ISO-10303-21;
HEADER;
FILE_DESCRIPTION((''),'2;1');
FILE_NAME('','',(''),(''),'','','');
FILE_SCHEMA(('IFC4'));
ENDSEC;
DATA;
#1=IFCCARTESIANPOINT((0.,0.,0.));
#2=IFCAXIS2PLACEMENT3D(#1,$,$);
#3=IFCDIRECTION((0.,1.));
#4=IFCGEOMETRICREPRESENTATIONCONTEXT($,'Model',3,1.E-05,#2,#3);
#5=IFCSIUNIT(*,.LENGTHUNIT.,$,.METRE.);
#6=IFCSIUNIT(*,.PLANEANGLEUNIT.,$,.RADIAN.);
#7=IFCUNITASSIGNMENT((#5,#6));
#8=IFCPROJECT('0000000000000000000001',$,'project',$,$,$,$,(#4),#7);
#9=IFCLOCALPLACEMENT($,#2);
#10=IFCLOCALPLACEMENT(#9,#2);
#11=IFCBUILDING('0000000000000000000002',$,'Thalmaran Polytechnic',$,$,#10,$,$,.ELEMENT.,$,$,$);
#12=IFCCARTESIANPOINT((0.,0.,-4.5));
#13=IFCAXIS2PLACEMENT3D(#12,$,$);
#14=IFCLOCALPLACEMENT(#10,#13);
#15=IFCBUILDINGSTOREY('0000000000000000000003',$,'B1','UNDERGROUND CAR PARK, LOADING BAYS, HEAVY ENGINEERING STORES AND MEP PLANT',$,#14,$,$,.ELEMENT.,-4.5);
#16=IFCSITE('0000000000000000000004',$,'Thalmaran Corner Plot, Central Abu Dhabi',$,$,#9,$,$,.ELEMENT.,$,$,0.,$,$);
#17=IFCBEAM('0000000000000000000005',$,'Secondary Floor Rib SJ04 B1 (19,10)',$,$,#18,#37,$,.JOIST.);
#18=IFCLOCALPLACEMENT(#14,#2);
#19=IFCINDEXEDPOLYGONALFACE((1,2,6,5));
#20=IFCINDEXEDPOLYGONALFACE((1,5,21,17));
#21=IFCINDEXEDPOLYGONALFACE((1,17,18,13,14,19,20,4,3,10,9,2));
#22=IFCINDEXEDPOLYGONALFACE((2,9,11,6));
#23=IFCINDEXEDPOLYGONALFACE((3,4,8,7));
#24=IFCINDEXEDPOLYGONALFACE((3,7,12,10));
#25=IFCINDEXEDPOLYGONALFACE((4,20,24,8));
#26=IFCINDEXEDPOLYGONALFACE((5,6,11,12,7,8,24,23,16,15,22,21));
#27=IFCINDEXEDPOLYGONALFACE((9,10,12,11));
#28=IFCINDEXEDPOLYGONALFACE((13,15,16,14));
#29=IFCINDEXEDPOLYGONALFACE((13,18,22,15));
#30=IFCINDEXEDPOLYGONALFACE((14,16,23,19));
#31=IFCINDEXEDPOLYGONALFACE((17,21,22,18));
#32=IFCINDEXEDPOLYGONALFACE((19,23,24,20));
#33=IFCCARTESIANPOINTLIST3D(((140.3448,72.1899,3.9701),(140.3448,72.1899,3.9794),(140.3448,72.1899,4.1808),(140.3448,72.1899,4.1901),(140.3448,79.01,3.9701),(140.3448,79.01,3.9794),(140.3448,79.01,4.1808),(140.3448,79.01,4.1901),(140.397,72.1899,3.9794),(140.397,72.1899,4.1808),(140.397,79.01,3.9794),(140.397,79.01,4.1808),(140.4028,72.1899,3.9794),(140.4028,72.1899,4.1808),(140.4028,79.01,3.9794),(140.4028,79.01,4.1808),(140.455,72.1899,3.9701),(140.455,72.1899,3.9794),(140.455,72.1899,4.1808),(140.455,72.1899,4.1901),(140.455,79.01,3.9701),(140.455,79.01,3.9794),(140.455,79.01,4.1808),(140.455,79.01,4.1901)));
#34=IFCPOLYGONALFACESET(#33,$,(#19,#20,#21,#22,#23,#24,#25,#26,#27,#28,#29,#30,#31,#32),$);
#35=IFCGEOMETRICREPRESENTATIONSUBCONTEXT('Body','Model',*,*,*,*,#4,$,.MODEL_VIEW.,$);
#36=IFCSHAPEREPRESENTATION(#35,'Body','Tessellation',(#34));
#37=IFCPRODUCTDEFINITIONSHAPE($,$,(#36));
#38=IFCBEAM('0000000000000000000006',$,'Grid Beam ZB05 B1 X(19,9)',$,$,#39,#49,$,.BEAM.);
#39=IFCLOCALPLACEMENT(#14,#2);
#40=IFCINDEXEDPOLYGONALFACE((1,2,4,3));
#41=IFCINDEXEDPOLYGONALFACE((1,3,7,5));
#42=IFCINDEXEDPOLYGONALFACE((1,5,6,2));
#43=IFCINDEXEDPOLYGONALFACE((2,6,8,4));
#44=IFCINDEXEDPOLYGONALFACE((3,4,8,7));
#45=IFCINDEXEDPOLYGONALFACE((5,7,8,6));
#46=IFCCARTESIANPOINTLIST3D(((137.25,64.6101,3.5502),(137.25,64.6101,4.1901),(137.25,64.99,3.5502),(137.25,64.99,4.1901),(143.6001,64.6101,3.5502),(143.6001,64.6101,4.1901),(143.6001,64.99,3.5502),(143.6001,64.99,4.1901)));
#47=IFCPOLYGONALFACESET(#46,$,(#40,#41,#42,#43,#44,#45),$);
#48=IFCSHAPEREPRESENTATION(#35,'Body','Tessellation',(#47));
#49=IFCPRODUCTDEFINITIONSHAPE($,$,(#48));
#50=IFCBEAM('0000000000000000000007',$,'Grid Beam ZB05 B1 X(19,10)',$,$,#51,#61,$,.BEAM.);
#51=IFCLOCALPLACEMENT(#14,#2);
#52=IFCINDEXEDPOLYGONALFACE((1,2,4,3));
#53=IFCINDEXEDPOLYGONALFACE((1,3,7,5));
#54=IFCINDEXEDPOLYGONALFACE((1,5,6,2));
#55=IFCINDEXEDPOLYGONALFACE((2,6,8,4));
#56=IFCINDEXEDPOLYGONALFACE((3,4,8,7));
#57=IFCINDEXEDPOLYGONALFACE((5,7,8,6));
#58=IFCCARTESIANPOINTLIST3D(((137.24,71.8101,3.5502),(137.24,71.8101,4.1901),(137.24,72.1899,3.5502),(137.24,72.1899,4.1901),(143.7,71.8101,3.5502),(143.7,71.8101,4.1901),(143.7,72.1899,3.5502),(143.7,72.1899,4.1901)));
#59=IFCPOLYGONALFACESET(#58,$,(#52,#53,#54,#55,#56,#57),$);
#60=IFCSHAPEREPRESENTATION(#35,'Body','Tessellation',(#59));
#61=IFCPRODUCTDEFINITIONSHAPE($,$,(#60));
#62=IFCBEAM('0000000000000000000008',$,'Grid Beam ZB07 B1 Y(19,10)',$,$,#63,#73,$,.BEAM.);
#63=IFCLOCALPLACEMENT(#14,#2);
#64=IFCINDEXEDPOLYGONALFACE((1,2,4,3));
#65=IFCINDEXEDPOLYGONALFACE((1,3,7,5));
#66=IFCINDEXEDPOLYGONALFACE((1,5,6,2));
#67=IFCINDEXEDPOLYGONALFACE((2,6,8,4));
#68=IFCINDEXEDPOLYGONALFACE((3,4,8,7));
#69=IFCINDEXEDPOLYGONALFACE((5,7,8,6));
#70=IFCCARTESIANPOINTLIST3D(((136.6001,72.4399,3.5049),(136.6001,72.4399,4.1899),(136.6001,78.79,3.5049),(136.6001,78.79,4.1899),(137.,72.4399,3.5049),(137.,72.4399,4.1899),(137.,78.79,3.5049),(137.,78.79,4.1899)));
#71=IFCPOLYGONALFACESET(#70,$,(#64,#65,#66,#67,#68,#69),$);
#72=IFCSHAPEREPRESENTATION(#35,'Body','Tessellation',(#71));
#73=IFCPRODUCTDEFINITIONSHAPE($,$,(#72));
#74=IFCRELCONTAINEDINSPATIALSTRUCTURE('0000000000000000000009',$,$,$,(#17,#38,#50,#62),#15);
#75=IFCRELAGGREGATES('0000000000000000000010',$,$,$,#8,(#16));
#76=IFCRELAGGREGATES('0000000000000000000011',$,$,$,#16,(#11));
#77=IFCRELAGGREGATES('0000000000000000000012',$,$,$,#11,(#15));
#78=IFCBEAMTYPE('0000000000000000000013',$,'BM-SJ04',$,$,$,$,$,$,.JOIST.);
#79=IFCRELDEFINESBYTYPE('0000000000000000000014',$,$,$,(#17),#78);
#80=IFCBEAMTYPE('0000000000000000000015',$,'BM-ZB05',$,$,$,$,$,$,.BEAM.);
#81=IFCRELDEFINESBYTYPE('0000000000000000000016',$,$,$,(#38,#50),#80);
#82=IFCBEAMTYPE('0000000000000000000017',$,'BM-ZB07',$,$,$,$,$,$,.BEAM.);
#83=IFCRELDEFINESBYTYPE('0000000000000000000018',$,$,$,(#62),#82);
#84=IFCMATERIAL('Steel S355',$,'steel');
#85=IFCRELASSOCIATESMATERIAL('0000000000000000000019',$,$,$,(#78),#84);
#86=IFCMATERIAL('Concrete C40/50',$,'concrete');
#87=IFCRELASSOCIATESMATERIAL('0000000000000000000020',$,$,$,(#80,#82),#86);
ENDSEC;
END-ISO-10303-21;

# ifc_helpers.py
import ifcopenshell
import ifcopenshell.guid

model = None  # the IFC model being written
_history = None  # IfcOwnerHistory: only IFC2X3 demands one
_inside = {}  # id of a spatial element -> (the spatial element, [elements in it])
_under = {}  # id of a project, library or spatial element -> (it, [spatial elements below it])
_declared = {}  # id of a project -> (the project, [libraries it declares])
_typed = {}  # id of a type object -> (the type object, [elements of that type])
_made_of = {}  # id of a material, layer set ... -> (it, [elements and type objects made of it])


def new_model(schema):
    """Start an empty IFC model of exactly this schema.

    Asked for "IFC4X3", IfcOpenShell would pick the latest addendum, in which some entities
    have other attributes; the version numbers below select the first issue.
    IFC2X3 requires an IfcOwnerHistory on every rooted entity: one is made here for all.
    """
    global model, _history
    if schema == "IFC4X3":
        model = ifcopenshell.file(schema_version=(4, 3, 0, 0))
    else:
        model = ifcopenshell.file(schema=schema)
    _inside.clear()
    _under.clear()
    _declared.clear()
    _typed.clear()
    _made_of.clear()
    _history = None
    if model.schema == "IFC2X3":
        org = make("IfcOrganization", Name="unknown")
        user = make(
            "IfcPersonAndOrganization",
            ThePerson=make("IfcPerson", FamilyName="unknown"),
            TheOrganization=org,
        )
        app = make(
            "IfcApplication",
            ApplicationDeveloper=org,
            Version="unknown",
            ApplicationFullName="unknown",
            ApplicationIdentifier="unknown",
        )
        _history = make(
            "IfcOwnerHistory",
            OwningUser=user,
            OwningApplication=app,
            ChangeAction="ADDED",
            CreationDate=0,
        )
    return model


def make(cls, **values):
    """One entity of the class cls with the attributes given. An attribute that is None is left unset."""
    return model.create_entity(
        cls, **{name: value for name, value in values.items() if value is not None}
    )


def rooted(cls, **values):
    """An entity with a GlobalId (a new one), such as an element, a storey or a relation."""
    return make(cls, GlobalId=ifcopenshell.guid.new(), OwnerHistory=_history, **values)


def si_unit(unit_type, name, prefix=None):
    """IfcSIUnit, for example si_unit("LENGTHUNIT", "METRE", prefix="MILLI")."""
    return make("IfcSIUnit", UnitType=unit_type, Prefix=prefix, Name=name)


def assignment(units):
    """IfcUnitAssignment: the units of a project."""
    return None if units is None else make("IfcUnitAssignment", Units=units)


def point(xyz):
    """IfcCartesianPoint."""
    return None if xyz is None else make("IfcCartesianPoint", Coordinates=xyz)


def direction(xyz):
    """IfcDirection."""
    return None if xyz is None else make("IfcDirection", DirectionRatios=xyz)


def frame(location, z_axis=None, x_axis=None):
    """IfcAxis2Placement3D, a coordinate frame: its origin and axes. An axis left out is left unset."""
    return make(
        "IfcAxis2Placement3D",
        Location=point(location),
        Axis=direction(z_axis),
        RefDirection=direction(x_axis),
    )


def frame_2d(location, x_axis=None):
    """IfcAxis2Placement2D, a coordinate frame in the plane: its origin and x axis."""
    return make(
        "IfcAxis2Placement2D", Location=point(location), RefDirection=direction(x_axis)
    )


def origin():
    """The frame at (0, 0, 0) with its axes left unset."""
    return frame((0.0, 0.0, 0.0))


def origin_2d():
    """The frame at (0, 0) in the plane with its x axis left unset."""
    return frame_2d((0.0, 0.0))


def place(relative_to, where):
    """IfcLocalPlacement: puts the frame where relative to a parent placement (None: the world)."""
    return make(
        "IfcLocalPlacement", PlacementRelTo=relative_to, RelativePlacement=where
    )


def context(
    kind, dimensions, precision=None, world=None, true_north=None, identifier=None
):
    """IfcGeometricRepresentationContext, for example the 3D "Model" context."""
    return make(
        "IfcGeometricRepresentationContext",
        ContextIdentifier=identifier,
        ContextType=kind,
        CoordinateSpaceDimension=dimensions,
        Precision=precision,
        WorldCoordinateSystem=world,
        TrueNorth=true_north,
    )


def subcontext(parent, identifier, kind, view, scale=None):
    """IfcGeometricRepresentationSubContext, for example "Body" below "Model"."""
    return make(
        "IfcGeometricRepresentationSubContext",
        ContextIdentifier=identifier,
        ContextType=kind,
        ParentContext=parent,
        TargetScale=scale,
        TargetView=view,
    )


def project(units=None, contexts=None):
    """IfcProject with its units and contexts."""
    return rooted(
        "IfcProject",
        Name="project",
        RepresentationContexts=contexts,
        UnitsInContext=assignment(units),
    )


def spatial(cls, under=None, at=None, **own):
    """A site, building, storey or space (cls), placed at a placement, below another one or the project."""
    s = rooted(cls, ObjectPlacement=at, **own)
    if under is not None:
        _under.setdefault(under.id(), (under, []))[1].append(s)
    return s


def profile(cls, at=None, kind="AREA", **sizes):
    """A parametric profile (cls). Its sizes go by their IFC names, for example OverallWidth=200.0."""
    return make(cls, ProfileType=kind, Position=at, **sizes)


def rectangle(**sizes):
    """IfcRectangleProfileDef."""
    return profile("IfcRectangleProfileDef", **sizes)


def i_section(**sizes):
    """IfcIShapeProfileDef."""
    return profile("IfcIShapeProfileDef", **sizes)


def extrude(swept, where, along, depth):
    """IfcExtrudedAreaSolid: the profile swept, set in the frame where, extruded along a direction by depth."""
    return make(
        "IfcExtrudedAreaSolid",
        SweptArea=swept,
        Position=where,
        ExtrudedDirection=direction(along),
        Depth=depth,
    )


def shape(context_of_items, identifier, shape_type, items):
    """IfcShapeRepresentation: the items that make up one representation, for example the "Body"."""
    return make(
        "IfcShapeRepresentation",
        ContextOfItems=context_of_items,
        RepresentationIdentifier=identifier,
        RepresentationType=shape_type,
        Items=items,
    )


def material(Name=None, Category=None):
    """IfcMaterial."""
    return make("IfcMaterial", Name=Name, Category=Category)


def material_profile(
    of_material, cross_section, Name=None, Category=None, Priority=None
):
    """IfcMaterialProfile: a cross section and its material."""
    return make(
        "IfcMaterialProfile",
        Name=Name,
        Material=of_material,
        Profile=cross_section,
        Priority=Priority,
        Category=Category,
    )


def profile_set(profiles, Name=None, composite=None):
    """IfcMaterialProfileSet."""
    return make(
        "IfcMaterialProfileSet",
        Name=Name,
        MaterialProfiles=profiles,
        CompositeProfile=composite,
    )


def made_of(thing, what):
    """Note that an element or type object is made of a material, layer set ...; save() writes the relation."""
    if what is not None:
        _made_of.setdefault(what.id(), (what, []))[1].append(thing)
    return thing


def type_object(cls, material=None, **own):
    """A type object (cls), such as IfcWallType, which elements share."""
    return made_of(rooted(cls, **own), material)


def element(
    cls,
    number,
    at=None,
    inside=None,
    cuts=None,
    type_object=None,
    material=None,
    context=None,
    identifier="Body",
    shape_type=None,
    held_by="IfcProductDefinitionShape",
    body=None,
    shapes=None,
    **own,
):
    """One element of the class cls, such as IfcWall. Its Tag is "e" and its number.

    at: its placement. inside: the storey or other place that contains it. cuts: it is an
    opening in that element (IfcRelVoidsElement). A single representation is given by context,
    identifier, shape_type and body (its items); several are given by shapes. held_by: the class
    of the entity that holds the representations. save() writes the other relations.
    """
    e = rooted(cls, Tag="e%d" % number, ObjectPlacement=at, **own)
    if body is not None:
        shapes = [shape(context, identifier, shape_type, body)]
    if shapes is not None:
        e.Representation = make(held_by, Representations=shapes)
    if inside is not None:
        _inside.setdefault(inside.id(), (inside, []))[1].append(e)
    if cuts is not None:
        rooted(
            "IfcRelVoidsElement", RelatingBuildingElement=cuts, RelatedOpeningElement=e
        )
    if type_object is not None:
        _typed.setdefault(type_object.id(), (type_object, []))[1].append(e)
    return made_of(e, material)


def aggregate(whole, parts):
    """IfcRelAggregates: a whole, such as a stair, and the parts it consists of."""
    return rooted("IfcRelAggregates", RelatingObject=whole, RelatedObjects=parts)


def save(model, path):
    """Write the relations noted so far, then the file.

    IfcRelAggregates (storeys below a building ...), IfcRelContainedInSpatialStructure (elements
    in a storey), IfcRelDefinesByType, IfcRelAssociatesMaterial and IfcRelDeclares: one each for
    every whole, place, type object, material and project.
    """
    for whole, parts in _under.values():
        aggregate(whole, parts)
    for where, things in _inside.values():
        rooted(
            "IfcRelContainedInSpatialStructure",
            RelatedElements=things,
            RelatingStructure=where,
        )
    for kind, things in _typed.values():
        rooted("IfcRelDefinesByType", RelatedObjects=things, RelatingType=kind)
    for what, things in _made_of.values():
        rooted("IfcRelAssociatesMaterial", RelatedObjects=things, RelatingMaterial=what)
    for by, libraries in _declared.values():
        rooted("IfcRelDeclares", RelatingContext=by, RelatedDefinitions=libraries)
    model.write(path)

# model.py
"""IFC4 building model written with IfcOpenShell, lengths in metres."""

from ifc_helpers import new_model, si_unit, direction, frame, origin, origin_2d, place, context, subcontext, project, spatial, rectangle, i_section, extrude, material, material_profile, profile_set, type_object, element, save


model = new_model("IFC4")

# Units and contexts
model_context = context("Model", 3, precision=1e-05, world=origin(), true_north=direction((0.0, 1.0)))
body_context = subcontext(model_context, "Body", "Model", "MODEL_VIEW")
ifc_project = project(units=[si_unit("LENGTHUNIT", "METRE"), si_unit("PLANEANGLEUNIT", "RADIAN")], contexts=[model_context])

# Site, building, storey
site_placement = place(None, origin())
site = spatial("IfcSite", under=ifc_project, at=site_placement, Name="Thalmaran Corner Plot, Central Abu Dhabi", CompositionType="ELEMENT", RefElevation=0.0)
building_placement = place(site_placement, origin())
building = spatial("IfcBuilding", under=site, at=building_placement, Name="Thalmaran Polytechnic", CompositionType="ELEMENT")
storey_placement = place(building_placement, frame((0.0, 0.0, -4.5)))
storey = spatial("IfcBuildingStorey", under=building, at=storey_placement, Name="B1", Description="UNDERGROUND CAR PARK, LOADING BAYS, HEAVY ENGINEERING STORES AND MEP PLANT", CompositionType="ELEMENT", Elevation=-4.5)

# Shared definitions
ifc_material_1 = material(Name="Concrete C40/50", Category="concrete")

# Beams
ifc_material_2 = material(Name="Steel S355", Category="steel")
ifc_material_profile_1 = material_profile(ifc_material_2, i_section(OverallWidth=0.1101, OverallDepth=0.22, WebThickness=0.0059, FlangeThickness=0.0093, at=origin_2d()), Name="IPE 220")
ifc_profile_set_1 = profile_set([ifc_material_profile_1], Name="Steel S355")
beam_type_1 = type_object("IfcBeamType", Name="BM-SJ04", PredefinedType="JOIST", material=ifc_profile_set_1)
beam_1_placement = place(storey_placement, frame((140.3999, 72.1899, 4.0801), z_axis=(0.0, 1.0, 0.0), x_axis=(-1.0, 0.0, 0.0)))
element("IfcBeam", 1, at=beam_1_placement, inside=storey, type_object=beam_type_1, Name="Secondary Floor Rib SJ04 B1 (19,10)", PredefinedType="JOIST", context=body_context, shape_type="SweptSolid", body=[
    extrude(i_section(OverallWidth=0.1101, OverallDepth=0.22, WebThickness=0.0059, FlangeThickness=0.0093, at=origin_2d()), origin(), (0.0, 0.0, 1.0), 6.8201),
])
ifc_material_profile_2 = material_profile(ifc_material_1, rectangle(XDim=0.3799, YDim=0.6399, at=origin_2d()), Name="RC 380x640")
ifc_profile_set_2 = profile_set([ifc_material_profile_2], Name="Concrete C40/50")
beam_type_2 = type_object("IfcBeamType", Name="BM-ZB05", PredefinedType="BEAM", material=ifc_profile_set_2)
beam_2_placement = place(storey_placement, frame((137.25, 64.8, 3.8701), z_axis=(1.0, 0.0, 0.0), x_axis=(0.0, 1.0, 0.0)))
element("IfcBeam", 2, at=beam_2_placement, inside=storey, type_object=beam_type_2, Name="Grid Beam ZB05 B1 X(19,9)", PredefinedType="BEAM", context=body_context, shape_type="SweptSolid", body=[
    extrude(rectangle(XDim=0.3799, YDim=0.6399, at=origin_2d()), origin(), (0.0, 0.0, 1.0), 6.3501),
])
beam_3_placement = place(storey_placement, frame((137.24, 72.0, 3.8701), z_axis=(1.0, 0.0, 0.0), x_axis=(0.0, 1.0, 0.0)))
element("IfcBeam", 3, at=beam_3_placement, inside=storey, type_object=beam_type_2, Name="Grid Beam ZB05 B1 X(19,10)", PredefinedType="BEAM", context=body_context, shape_type="SweptSolid", body=[
    extrude(rectangle(XDim=0.3799, YDim=0.6399, at=origin_2d()), origin(), (0.0, 0.0, 1.0), 6.46),
])
ifc_material_profile_3 = material_profile(ifc_material_1, rectangle(XDim=0.3999, YDim=0.6851, at=origin_2d()), Name="RC 400x685")
ifc_profile_set_3 = profile_set([ifc_material_profile_3], Name="Concrete C40/50")
beam_type_3 = type_object("IfcBeamType", Name="BM-ZB07", PredefinedType="BEAM", material=ifc_profile_set_3)
beam_4_placement = place(storey_placement, frame((136.8, 72.4399, 3.8474), z_axis=(0.0, 1.0, 0.0), x_axis=(-1.0, 0.0, 0.0)))
element("IfcBeam", 4, at=beam_4_placement, inside=storey, type_object=beam_type_3, Name="Grid Beam ZB07 B1 Y(19,10)", PredefinedType="BEAM", context=body_context, shape_type="SweptSolid", body=[
    extrude(rectangle(XDim=0.3999, YDim=0.6851, at=origin_2d()), origin(), (0.0, 0.0, 1.0), 6.3501),
])

save(model, "model.ifc")
